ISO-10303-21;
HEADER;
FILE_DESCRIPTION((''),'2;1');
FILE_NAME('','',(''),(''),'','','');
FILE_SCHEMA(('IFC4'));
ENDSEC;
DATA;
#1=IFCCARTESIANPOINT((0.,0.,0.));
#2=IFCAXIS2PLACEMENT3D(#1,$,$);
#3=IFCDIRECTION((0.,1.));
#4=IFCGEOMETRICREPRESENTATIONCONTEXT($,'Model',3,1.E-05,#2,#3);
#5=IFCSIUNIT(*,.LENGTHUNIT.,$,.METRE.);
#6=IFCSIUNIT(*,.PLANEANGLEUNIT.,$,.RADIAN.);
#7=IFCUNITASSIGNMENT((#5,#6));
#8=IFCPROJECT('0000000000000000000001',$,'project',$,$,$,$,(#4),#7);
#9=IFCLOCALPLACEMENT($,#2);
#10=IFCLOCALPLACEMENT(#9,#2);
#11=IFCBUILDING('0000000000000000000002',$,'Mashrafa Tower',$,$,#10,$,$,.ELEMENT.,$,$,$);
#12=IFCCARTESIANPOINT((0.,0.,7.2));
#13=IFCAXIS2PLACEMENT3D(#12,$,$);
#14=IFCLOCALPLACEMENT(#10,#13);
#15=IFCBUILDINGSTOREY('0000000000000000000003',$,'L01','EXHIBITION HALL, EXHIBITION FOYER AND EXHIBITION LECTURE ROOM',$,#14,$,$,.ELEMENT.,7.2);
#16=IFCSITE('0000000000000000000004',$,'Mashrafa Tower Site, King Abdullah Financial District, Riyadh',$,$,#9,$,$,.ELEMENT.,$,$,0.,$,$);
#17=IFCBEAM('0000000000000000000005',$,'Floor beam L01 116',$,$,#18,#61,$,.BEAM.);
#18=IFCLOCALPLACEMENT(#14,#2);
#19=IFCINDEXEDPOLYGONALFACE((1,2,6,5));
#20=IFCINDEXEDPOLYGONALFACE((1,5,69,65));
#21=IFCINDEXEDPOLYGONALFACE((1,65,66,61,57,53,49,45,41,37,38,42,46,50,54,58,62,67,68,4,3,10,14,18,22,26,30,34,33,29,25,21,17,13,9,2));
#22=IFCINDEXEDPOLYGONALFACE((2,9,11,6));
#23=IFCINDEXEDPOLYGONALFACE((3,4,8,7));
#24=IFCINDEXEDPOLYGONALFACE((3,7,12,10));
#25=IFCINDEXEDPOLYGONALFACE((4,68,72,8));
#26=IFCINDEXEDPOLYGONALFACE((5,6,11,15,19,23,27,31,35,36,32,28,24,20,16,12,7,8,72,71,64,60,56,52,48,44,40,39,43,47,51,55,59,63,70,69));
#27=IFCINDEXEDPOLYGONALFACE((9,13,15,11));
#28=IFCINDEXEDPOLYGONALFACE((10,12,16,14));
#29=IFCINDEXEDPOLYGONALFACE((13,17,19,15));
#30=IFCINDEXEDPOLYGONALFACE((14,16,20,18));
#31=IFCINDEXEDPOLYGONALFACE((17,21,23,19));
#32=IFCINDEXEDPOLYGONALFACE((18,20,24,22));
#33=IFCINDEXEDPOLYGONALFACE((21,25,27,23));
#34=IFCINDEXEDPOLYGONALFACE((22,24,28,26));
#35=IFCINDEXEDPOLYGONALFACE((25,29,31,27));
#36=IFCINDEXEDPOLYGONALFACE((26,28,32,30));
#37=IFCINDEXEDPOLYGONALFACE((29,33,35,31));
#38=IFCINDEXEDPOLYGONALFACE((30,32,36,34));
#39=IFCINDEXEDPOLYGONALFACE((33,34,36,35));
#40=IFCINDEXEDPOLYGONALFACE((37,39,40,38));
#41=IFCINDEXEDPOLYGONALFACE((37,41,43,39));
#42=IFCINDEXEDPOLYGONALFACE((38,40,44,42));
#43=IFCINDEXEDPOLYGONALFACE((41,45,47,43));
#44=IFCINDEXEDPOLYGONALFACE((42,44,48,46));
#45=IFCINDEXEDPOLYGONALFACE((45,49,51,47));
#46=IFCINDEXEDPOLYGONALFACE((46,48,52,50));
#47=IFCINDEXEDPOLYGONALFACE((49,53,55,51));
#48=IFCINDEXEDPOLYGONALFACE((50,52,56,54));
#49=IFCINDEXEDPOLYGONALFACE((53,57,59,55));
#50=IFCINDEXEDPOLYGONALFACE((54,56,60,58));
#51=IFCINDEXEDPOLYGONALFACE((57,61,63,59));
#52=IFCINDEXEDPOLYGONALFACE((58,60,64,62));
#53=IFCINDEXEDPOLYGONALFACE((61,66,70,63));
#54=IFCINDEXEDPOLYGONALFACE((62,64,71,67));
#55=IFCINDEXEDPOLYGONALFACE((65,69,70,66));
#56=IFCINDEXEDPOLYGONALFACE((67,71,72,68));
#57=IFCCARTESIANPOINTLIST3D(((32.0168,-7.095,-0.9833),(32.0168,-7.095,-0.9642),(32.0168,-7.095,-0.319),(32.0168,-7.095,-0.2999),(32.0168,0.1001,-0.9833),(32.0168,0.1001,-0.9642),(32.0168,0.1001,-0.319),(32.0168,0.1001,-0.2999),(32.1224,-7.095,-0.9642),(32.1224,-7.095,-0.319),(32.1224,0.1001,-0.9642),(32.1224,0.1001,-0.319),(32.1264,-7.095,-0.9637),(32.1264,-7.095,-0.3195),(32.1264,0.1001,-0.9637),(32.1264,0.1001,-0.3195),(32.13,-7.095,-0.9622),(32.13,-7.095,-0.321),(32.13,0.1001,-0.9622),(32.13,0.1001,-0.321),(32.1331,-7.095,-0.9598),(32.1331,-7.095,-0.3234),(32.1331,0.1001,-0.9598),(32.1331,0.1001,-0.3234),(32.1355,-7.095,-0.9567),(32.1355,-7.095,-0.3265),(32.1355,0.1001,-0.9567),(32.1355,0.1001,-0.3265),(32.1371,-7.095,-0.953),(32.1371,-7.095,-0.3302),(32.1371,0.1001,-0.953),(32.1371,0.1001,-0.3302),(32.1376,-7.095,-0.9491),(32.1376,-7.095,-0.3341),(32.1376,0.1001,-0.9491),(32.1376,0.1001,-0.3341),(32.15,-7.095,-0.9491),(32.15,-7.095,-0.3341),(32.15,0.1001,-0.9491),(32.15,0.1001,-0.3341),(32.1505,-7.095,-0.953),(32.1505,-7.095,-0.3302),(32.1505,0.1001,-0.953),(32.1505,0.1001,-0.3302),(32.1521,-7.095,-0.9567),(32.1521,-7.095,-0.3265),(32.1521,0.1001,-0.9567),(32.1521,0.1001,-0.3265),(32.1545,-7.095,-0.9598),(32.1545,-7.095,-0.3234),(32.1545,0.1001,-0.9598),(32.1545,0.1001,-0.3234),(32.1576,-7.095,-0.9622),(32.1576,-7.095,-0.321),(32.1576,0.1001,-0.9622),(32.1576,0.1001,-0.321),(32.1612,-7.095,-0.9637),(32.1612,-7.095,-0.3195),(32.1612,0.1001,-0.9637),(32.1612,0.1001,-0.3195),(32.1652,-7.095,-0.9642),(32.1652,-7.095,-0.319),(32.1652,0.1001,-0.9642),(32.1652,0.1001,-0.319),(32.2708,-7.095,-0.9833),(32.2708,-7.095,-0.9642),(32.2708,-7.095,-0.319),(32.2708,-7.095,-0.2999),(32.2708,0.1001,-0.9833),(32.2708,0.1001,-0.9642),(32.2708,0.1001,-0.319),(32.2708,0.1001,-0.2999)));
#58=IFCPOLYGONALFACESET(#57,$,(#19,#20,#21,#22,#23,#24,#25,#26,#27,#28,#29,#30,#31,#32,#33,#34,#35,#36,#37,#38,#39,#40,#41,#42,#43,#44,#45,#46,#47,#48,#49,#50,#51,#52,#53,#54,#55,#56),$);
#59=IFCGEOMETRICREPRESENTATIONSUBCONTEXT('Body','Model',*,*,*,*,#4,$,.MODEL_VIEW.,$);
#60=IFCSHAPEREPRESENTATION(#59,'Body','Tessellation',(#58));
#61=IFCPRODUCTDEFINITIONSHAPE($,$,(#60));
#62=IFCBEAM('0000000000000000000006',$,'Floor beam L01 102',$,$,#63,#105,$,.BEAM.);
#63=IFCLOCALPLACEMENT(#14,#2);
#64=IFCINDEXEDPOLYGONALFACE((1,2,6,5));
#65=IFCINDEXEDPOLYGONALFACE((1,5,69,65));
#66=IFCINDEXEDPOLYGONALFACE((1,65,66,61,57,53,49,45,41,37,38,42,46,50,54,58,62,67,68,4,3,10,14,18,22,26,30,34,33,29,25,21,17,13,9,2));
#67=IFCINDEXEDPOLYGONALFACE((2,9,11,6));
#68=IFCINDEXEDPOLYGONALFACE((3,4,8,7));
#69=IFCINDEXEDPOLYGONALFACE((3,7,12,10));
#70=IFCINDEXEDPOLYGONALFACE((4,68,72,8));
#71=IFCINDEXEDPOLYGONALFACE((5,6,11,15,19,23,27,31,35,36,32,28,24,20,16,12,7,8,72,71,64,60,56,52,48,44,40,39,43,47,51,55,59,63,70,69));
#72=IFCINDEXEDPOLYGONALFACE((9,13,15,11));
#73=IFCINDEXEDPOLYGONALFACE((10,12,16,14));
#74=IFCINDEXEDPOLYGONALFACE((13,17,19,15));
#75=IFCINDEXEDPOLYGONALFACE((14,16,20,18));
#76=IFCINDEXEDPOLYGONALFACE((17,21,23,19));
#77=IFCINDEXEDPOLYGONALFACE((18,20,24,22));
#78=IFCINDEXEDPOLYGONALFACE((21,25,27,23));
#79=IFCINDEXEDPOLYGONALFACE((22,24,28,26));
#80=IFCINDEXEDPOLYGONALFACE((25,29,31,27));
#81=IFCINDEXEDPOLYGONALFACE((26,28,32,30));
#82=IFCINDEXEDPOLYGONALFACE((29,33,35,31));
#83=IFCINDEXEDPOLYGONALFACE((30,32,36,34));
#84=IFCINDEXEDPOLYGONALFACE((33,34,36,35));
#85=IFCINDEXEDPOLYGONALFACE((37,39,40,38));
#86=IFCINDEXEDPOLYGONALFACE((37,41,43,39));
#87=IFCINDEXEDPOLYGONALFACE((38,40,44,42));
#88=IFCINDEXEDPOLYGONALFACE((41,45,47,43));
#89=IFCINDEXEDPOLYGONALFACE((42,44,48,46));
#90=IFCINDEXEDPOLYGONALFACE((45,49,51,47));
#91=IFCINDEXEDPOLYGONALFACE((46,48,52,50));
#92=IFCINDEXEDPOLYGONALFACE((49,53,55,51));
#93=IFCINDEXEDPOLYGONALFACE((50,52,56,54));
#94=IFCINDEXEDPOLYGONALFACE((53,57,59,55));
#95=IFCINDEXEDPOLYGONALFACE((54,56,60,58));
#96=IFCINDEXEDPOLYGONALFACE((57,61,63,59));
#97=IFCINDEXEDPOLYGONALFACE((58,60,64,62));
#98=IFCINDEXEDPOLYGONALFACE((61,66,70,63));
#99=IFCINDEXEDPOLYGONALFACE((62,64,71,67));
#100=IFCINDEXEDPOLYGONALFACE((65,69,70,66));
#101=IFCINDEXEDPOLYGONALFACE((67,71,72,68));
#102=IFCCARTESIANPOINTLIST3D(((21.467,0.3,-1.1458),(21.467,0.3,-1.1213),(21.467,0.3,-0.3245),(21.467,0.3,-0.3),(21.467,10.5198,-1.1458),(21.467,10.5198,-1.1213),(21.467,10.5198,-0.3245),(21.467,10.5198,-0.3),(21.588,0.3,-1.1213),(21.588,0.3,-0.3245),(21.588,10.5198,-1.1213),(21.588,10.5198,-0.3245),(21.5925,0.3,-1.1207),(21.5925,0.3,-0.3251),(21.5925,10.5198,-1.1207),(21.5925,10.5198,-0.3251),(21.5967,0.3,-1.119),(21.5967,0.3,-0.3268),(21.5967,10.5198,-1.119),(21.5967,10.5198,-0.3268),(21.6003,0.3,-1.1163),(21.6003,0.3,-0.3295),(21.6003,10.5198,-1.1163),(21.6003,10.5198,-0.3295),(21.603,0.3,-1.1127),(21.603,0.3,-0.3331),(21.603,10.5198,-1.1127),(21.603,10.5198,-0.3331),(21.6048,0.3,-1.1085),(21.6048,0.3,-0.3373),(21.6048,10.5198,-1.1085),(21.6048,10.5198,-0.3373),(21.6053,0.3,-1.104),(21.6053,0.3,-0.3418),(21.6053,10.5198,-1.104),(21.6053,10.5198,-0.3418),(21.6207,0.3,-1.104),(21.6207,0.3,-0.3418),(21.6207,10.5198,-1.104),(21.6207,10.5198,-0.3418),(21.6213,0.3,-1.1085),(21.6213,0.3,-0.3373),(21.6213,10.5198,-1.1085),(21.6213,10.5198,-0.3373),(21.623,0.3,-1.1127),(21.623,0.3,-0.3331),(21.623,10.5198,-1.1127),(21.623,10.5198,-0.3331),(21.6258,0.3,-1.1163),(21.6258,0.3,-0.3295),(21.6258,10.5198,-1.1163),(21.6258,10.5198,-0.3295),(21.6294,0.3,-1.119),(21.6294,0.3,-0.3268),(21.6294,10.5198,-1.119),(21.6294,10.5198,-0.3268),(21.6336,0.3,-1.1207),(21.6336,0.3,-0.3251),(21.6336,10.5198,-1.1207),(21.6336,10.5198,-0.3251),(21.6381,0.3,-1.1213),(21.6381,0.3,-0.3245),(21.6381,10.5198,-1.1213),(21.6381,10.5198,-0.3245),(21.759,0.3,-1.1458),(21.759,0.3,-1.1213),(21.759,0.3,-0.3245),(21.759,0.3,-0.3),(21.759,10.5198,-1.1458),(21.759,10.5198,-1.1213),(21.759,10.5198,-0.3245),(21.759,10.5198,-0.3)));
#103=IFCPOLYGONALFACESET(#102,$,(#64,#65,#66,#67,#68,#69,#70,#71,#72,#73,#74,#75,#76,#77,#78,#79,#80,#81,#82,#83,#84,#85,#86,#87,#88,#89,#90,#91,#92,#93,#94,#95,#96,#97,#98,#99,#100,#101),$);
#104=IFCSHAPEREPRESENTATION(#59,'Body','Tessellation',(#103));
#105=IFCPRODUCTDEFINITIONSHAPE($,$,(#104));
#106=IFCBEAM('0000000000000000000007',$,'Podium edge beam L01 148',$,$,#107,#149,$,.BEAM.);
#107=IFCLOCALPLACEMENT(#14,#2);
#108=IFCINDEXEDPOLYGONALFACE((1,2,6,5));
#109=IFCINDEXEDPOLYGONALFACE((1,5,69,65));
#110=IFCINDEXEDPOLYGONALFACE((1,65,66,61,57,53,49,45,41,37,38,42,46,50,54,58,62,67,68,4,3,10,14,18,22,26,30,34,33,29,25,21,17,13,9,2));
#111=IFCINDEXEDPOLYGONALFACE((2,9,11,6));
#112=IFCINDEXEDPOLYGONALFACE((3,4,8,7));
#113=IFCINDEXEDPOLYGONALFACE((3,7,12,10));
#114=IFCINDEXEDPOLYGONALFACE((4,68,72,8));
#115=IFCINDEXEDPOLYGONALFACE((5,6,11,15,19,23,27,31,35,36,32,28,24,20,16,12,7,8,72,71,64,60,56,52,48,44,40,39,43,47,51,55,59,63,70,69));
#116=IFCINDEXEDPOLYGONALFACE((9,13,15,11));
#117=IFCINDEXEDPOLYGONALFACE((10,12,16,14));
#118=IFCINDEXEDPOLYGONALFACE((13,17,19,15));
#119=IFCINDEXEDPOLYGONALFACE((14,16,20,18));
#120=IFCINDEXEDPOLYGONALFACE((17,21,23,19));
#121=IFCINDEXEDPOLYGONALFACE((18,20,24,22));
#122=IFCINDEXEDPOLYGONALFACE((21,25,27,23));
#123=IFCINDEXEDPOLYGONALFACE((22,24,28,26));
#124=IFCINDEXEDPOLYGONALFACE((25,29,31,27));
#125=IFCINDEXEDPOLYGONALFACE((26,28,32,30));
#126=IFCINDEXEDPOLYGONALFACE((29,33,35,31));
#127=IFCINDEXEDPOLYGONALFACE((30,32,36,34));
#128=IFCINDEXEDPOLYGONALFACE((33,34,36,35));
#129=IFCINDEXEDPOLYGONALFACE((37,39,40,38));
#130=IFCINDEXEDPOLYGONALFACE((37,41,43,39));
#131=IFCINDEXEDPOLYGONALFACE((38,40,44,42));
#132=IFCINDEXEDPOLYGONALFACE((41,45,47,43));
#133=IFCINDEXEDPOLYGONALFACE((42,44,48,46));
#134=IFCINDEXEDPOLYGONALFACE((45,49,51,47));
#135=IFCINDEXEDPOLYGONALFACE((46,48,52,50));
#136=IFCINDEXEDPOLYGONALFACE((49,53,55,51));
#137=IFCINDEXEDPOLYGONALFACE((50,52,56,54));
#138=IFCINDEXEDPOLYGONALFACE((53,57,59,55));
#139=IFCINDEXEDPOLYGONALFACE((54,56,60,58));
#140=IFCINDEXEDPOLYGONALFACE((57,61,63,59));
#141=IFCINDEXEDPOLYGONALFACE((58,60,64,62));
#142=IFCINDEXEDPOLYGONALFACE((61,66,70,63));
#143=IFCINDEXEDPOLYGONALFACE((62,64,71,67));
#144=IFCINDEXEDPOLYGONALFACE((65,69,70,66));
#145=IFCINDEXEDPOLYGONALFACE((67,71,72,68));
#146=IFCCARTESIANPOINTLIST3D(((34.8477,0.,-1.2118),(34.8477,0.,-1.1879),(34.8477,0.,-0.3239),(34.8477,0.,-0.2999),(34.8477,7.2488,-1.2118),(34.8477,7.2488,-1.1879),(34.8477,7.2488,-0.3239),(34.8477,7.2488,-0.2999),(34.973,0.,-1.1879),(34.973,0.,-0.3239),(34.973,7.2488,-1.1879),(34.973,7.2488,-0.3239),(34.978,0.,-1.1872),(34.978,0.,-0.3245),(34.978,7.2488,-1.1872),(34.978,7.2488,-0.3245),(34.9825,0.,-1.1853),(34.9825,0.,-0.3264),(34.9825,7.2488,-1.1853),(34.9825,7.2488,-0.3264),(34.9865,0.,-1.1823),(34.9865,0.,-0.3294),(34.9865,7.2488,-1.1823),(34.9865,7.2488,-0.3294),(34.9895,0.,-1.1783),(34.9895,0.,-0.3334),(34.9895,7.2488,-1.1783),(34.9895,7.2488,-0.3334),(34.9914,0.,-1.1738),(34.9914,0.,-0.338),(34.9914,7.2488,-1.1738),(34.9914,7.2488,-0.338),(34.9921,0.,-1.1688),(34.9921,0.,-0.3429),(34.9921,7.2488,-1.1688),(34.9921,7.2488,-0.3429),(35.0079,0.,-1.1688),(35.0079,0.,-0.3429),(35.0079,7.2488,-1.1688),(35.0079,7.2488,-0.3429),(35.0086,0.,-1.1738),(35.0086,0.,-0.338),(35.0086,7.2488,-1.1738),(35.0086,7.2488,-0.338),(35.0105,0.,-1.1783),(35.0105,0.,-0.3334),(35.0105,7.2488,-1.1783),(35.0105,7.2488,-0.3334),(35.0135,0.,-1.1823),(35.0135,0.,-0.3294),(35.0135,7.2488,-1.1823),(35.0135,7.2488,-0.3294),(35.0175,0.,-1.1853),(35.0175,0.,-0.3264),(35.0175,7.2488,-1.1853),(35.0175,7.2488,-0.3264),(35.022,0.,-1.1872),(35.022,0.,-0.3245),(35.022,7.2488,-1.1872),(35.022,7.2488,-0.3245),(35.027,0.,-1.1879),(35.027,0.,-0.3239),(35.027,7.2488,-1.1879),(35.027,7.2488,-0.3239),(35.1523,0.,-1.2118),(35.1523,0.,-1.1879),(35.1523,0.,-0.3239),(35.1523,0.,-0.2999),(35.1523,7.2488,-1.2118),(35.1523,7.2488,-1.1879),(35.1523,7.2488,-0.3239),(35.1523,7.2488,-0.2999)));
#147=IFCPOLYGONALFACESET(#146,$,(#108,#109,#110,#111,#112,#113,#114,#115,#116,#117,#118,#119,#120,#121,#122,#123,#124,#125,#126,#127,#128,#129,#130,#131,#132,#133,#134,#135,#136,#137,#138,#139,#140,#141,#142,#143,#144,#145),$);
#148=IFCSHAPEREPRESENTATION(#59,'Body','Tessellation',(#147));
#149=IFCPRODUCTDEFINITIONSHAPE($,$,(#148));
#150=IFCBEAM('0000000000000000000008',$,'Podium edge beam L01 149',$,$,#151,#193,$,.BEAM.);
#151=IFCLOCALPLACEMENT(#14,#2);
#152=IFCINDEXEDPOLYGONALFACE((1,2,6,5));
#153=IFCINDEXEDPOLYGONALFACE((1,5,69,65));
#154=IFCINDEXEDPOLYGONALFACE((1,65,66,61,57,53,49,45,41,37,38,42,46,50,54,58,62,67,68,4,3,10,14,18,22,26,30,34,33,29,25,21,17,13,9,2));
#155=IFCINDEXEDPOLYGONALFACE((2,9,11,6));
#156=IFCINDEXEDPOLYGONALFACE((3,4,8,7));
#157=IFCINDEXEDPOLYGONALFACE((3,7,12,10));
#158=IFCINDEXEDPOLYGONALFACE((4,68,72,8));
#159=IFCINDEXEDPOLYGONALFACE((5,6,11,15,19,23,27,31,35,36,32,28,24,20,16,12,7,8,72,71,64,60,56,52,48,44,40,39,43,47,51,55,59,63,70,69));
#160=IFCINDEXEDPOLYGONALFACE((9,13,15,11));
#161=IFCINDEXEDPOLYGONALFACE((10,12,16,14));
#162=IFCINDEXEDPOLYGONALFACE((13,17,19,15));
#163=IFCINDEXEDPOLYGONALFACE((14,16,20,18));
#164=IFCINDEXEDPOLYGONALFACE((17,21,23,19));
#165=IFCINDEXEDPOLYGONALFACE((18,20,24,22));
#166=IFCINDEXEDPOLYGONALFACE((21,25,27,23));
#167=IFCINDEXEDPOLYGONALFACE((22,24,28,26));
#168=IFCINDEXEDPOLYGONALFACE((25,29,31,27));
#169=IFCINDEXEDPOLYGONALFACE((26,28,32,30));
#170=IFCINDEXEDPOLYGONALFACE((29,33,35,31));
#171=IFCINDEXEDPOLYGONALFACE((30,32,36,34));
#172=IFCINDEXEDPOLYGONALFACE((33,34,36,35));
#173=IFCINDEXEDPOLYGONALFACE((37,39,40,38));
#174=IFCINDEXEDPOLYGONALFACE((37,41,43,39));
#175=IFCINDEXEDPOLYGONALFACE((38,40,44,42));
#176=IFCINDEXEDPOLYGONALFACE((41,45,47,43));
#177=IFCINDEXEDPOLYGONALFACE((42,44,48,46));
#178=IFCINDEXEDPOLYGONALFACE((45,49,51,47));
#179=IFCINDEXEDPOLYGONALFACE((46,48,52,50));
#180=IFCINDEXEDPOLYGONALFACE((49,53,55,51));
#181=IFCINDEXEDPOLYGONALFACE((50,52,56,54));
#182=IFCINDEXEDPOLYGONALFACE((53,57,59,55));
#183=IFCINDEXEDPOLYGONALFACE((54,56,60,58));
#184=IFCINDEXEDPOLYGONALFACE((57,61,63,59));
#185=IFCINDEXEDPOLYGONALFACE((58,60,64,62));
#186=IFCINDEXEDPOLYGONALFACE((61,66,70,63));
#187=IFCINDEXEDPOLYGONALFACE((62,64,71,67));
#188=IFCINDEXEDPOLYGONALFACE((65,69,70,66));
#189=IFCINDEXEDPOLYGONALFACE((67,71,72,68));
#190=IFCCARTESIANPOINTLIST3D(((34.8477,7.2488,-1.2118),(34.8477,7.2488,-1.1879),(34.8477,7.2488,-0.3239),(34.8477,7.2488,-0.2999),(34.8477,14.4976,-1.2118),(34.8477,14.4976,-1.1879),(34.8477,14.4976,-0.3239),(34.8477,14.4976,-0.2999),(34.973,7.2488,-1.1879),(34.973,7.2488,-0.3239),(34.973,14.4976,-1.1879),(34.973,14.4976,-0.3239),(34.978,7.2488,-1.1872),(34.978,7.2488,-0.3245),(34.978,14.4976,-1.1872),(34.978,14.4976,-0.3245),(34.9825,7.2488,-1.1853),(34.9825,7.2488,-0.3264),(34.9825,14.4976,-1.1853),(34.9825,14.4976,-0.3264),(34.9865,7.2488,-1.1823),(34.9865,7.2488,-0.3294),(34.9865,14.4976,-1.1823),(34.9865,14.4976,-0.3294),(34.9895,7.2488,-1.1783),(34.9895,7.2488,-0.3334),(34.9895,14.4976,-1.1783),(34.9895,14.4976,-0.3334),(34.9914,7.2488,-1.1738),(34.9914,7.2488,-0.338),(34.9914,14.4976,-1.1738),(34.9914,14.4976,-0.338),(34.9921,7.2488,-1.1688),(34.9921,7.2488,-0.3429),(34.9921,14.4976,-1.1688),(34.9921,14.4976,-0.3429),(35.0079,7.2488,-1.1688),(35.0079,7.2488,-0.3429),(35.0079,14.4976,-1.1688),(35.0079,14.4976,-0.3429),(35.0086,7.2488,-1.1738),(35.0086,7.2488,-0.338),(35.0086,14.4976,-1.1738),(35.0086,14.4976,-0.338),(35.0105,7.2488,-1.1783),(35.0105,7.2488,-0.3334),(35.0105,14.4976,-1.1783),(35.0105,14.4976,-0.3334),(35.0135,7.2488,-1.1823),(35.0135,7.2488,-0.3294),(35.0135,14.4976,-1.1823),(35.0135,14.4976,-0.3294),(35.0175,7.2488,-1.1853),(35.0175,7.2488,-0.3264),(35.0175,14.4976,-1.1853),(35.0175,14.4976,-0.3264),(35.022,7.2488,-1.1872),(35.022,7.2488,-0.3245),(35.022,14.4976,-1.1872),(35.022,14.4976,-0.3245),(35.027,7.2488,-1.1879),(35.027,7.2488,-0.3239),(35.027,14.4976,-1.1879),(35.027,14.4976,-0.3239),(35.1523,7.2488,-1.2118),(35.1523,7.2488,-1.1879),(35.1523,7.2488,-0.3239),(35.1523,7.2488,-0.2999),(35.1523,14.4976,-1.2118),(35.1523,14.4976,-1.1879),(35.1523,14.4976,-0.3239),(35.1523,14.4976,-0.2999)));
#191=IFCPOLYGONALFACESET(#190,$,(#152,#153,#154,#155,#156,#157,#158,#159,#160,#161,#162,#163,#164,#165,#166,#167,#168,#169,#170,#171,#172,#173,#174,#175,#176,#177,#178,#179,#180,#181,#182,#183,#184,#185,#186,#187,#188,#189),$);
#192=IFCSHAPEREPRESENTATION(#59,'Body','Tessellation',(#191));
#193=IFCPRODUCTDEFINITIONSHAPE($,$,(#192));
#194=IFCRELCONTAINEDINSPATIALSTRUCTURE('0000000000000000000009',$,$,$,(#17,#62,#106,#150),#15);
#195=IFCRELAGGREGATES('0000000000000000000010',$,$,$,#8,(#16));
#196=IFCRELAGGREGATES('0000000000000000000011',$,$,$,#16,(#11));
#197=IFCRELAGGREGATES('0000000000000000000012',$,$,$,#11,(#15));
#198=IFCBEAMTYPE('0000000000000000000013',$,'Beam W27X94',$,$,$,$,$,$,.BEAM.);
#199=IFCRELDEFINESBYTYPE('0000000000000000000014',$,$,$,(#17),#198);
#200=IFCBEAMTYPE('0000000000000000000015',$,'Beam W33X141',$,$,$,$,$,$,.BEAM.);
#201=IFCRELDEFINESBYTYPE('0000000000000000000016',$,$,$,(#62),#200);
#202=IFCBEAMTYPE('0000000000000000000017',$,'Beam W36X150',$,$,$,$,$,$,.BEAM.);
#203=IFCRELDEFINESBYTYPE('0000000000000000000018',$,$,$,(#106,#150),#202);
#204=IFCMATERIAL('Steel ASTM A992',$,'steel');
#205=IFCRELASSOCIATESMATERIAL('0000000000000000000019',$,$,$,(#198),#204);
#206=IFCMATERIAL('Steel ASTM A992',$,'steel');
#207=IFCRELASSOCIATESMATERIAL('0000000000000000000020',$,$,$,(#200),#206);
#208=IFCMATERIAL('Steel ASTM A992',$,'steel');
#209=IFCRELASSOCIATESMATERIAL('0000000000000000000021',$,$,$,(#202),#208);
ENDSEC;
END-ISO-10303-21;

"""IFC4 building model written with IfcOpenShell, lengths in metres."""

from ifc_helpers import new_model, si_unit, direction, frame, origin, origin_2d, place, context, subcontext, project, spatial, i_section, extrude, material, material_profile, profile_set, type_object, element, save


model = new_model("IFC4")

# Units and contexts
model_context = context("Model", 3, precision=1e-05, world=origin(), true_north=direction((0.0, 1.0)))
body_context = subcontext(model_context, "Body", "Model", "MODEL_VIEW")
ifc_project = project(units=[si_unit("LENGTHUNIT", "METRE"), si_unit("PLANEANGLEUNIT", "RADIAN")], contexts=[model_context])

# Site, building, storey
site_placement = place(None, origin())
site = spatial("IfcSite", under=ifc_project, at=site_placement, Name="Mashrafa Tower Site, King Abdullah Financial District, Riyadh", CompositionType="ELEMENT", RefElevation=0.0)
building_placement = place(site_placement, origin())
building = spatial("IfcBuilding", under=site, at=building_placement, Name="Mashrafa Tower", CompositionType="ELEMENT")
storey_placement = place(building_placement, frame((0.0, 0.0, 7.2)))
storey = spatial("IfcBuildingStorey", under=building, at=storey_placement, Name="L01", Description="EXHIBITION HALL, EXHIBITION FOYER AND EXHIBITION LECTURE ROOM", CompositionType="ELEMENT", Elevation=7.2)

# Beams
ifc_material_1 = material(Name="Steel ASTM A992", Category="steel")
ifc_material_profile_1 = material_profile(ifc_material_1, i_section(OverallWidth=0.2539, OverallDepth=0.6833, WebThickness=0.0125, FlangeThickness=0.019, FilletRadius=0.0151, at=origin_2d()), Name="W27X94")
ifc_profile_set_1 = profile_set([ifc_material_profile_1], Name="Steel ASTM A992")
beam_type_1 = type_object("IfcBeamType", Name="Beam W27X94", PredefinedType="BEAM", material=ifc_profile_set_1)
beam_1_placement = place(storey_placement, frame((32.1438, 0.1001, -0.6416), z_axis=(0.0, -1.0, 0.0), x_axis=(1.0, 0.0, 0.0)))
element("IfcBeam", 1, at=beam_1_placement, inside=storey, type_object=beam_type_1, Name="Floor beam L01 116", PredefinedType="BEAM", context=body_context, shape_type="SweptSolid", body=[
    extrude(i_section(OverallWidth=0.2539, OverallDepth=0.6833, WebThickness=0.0125, FlangeThickness=0.019, FilletRadius=0.0151, at=origin_2d()), origin(), (0.0, 0.0, 1.0), 7.1951),
])
ifc_material_2 = material(Name="Steel ASTM A992", Category="steel")
ifc_material_profile_2 = material_profile(ifc_material_2, i_section(OverallWidth=0.292, OverallDepth=0.8457, WebThickness=0.0154, FlangeThickness=0.0244, FilletRadius=0.0173, at=origin_2d()), Name="W33X141")
ifc_profile_set_2 = profile_set([ifc_material_profile_2], Name="Steel ASTM A992")
beam_type_2 = type_object("IfcBeamType", Name="Beam W33X141", PredefinedType="BEAM", material=ifc_profile_set_2)
beam_2_placement = place(storey_placement, frame((21.613, 10.5198, -0.7229), z_axis=(0.0, -1.0, 0.0), x_axis=(1.0, 0.0, 0.0)))
element("IfcBeam", 2, at=beam_2_placement, inside=storey, type_object=beam_type_2, Name="Floor beam L01 102", PredefinedType="BEAM", context=body_context, shape_type="SweptSolid", body=[
    extrude(i_section(OverallWidth=0.292, OverallDepth=0.8457, WebThickness=0.0154, FlangeThickness=0.0244, FilletRadius=0.0173, at=origin_2d()), origin(), (0.0, 0.0, 1.0), 10.2197),
])
ifc_material_3 = material(Name="Steel ASTM A992", Category="steel")
ifc_material_profile_3 = material_profile(ifc_material_3, i_section(OverallWidth=0.3047, OverallDepth=0.9119, WebThickness=0.0159, FlangeThickness=0.0239, FilletRadius=0.019, at=origin_2d()), Name="W36X150")
ifc_profile_set_3 = profile_set([ifc_material_profile_3], Name="Steel ASTM A992")
beam_type_3 = type_object("IfcBeamType", Name="Beam W36X150", PredefinedType="BEAM", material=ifc_profile_set_3)
for number, where, z_axis, x_axis, name in (
    (3, (35.0, 0.0, -0.7559), (0.0, 1.0, 0.0), (-1.0, 0.0, 0.0), "Podium edge beam L01 148"),
    (4, (35.0, 7.2488, -0.7559), (0.0, 1.0, 0.0), (-1.0, 0.0, 0.0), "Podium edge beam L01 149"),
):
    element("IfcBeam", number, at=place(storey_placement, frame(where, z_axis=z_axis, x_axis=x_axis)), inside=storey, type_object=beam_type_3, Name=name, PredefinedType="BEAM", context=body_context, shape_type="SweptSolid", body=[
        extrude(i_section(OverallWidth=0.3047, OverallDepth=0.9119, WebThickness=0.0159, FlangeThickness=0.0239, FilletRadius=0.019, at=origin_2d()), origin(), (0.0, 0.0, 1.0), 7.2488),
    ])

save(model, "model.ifc")
